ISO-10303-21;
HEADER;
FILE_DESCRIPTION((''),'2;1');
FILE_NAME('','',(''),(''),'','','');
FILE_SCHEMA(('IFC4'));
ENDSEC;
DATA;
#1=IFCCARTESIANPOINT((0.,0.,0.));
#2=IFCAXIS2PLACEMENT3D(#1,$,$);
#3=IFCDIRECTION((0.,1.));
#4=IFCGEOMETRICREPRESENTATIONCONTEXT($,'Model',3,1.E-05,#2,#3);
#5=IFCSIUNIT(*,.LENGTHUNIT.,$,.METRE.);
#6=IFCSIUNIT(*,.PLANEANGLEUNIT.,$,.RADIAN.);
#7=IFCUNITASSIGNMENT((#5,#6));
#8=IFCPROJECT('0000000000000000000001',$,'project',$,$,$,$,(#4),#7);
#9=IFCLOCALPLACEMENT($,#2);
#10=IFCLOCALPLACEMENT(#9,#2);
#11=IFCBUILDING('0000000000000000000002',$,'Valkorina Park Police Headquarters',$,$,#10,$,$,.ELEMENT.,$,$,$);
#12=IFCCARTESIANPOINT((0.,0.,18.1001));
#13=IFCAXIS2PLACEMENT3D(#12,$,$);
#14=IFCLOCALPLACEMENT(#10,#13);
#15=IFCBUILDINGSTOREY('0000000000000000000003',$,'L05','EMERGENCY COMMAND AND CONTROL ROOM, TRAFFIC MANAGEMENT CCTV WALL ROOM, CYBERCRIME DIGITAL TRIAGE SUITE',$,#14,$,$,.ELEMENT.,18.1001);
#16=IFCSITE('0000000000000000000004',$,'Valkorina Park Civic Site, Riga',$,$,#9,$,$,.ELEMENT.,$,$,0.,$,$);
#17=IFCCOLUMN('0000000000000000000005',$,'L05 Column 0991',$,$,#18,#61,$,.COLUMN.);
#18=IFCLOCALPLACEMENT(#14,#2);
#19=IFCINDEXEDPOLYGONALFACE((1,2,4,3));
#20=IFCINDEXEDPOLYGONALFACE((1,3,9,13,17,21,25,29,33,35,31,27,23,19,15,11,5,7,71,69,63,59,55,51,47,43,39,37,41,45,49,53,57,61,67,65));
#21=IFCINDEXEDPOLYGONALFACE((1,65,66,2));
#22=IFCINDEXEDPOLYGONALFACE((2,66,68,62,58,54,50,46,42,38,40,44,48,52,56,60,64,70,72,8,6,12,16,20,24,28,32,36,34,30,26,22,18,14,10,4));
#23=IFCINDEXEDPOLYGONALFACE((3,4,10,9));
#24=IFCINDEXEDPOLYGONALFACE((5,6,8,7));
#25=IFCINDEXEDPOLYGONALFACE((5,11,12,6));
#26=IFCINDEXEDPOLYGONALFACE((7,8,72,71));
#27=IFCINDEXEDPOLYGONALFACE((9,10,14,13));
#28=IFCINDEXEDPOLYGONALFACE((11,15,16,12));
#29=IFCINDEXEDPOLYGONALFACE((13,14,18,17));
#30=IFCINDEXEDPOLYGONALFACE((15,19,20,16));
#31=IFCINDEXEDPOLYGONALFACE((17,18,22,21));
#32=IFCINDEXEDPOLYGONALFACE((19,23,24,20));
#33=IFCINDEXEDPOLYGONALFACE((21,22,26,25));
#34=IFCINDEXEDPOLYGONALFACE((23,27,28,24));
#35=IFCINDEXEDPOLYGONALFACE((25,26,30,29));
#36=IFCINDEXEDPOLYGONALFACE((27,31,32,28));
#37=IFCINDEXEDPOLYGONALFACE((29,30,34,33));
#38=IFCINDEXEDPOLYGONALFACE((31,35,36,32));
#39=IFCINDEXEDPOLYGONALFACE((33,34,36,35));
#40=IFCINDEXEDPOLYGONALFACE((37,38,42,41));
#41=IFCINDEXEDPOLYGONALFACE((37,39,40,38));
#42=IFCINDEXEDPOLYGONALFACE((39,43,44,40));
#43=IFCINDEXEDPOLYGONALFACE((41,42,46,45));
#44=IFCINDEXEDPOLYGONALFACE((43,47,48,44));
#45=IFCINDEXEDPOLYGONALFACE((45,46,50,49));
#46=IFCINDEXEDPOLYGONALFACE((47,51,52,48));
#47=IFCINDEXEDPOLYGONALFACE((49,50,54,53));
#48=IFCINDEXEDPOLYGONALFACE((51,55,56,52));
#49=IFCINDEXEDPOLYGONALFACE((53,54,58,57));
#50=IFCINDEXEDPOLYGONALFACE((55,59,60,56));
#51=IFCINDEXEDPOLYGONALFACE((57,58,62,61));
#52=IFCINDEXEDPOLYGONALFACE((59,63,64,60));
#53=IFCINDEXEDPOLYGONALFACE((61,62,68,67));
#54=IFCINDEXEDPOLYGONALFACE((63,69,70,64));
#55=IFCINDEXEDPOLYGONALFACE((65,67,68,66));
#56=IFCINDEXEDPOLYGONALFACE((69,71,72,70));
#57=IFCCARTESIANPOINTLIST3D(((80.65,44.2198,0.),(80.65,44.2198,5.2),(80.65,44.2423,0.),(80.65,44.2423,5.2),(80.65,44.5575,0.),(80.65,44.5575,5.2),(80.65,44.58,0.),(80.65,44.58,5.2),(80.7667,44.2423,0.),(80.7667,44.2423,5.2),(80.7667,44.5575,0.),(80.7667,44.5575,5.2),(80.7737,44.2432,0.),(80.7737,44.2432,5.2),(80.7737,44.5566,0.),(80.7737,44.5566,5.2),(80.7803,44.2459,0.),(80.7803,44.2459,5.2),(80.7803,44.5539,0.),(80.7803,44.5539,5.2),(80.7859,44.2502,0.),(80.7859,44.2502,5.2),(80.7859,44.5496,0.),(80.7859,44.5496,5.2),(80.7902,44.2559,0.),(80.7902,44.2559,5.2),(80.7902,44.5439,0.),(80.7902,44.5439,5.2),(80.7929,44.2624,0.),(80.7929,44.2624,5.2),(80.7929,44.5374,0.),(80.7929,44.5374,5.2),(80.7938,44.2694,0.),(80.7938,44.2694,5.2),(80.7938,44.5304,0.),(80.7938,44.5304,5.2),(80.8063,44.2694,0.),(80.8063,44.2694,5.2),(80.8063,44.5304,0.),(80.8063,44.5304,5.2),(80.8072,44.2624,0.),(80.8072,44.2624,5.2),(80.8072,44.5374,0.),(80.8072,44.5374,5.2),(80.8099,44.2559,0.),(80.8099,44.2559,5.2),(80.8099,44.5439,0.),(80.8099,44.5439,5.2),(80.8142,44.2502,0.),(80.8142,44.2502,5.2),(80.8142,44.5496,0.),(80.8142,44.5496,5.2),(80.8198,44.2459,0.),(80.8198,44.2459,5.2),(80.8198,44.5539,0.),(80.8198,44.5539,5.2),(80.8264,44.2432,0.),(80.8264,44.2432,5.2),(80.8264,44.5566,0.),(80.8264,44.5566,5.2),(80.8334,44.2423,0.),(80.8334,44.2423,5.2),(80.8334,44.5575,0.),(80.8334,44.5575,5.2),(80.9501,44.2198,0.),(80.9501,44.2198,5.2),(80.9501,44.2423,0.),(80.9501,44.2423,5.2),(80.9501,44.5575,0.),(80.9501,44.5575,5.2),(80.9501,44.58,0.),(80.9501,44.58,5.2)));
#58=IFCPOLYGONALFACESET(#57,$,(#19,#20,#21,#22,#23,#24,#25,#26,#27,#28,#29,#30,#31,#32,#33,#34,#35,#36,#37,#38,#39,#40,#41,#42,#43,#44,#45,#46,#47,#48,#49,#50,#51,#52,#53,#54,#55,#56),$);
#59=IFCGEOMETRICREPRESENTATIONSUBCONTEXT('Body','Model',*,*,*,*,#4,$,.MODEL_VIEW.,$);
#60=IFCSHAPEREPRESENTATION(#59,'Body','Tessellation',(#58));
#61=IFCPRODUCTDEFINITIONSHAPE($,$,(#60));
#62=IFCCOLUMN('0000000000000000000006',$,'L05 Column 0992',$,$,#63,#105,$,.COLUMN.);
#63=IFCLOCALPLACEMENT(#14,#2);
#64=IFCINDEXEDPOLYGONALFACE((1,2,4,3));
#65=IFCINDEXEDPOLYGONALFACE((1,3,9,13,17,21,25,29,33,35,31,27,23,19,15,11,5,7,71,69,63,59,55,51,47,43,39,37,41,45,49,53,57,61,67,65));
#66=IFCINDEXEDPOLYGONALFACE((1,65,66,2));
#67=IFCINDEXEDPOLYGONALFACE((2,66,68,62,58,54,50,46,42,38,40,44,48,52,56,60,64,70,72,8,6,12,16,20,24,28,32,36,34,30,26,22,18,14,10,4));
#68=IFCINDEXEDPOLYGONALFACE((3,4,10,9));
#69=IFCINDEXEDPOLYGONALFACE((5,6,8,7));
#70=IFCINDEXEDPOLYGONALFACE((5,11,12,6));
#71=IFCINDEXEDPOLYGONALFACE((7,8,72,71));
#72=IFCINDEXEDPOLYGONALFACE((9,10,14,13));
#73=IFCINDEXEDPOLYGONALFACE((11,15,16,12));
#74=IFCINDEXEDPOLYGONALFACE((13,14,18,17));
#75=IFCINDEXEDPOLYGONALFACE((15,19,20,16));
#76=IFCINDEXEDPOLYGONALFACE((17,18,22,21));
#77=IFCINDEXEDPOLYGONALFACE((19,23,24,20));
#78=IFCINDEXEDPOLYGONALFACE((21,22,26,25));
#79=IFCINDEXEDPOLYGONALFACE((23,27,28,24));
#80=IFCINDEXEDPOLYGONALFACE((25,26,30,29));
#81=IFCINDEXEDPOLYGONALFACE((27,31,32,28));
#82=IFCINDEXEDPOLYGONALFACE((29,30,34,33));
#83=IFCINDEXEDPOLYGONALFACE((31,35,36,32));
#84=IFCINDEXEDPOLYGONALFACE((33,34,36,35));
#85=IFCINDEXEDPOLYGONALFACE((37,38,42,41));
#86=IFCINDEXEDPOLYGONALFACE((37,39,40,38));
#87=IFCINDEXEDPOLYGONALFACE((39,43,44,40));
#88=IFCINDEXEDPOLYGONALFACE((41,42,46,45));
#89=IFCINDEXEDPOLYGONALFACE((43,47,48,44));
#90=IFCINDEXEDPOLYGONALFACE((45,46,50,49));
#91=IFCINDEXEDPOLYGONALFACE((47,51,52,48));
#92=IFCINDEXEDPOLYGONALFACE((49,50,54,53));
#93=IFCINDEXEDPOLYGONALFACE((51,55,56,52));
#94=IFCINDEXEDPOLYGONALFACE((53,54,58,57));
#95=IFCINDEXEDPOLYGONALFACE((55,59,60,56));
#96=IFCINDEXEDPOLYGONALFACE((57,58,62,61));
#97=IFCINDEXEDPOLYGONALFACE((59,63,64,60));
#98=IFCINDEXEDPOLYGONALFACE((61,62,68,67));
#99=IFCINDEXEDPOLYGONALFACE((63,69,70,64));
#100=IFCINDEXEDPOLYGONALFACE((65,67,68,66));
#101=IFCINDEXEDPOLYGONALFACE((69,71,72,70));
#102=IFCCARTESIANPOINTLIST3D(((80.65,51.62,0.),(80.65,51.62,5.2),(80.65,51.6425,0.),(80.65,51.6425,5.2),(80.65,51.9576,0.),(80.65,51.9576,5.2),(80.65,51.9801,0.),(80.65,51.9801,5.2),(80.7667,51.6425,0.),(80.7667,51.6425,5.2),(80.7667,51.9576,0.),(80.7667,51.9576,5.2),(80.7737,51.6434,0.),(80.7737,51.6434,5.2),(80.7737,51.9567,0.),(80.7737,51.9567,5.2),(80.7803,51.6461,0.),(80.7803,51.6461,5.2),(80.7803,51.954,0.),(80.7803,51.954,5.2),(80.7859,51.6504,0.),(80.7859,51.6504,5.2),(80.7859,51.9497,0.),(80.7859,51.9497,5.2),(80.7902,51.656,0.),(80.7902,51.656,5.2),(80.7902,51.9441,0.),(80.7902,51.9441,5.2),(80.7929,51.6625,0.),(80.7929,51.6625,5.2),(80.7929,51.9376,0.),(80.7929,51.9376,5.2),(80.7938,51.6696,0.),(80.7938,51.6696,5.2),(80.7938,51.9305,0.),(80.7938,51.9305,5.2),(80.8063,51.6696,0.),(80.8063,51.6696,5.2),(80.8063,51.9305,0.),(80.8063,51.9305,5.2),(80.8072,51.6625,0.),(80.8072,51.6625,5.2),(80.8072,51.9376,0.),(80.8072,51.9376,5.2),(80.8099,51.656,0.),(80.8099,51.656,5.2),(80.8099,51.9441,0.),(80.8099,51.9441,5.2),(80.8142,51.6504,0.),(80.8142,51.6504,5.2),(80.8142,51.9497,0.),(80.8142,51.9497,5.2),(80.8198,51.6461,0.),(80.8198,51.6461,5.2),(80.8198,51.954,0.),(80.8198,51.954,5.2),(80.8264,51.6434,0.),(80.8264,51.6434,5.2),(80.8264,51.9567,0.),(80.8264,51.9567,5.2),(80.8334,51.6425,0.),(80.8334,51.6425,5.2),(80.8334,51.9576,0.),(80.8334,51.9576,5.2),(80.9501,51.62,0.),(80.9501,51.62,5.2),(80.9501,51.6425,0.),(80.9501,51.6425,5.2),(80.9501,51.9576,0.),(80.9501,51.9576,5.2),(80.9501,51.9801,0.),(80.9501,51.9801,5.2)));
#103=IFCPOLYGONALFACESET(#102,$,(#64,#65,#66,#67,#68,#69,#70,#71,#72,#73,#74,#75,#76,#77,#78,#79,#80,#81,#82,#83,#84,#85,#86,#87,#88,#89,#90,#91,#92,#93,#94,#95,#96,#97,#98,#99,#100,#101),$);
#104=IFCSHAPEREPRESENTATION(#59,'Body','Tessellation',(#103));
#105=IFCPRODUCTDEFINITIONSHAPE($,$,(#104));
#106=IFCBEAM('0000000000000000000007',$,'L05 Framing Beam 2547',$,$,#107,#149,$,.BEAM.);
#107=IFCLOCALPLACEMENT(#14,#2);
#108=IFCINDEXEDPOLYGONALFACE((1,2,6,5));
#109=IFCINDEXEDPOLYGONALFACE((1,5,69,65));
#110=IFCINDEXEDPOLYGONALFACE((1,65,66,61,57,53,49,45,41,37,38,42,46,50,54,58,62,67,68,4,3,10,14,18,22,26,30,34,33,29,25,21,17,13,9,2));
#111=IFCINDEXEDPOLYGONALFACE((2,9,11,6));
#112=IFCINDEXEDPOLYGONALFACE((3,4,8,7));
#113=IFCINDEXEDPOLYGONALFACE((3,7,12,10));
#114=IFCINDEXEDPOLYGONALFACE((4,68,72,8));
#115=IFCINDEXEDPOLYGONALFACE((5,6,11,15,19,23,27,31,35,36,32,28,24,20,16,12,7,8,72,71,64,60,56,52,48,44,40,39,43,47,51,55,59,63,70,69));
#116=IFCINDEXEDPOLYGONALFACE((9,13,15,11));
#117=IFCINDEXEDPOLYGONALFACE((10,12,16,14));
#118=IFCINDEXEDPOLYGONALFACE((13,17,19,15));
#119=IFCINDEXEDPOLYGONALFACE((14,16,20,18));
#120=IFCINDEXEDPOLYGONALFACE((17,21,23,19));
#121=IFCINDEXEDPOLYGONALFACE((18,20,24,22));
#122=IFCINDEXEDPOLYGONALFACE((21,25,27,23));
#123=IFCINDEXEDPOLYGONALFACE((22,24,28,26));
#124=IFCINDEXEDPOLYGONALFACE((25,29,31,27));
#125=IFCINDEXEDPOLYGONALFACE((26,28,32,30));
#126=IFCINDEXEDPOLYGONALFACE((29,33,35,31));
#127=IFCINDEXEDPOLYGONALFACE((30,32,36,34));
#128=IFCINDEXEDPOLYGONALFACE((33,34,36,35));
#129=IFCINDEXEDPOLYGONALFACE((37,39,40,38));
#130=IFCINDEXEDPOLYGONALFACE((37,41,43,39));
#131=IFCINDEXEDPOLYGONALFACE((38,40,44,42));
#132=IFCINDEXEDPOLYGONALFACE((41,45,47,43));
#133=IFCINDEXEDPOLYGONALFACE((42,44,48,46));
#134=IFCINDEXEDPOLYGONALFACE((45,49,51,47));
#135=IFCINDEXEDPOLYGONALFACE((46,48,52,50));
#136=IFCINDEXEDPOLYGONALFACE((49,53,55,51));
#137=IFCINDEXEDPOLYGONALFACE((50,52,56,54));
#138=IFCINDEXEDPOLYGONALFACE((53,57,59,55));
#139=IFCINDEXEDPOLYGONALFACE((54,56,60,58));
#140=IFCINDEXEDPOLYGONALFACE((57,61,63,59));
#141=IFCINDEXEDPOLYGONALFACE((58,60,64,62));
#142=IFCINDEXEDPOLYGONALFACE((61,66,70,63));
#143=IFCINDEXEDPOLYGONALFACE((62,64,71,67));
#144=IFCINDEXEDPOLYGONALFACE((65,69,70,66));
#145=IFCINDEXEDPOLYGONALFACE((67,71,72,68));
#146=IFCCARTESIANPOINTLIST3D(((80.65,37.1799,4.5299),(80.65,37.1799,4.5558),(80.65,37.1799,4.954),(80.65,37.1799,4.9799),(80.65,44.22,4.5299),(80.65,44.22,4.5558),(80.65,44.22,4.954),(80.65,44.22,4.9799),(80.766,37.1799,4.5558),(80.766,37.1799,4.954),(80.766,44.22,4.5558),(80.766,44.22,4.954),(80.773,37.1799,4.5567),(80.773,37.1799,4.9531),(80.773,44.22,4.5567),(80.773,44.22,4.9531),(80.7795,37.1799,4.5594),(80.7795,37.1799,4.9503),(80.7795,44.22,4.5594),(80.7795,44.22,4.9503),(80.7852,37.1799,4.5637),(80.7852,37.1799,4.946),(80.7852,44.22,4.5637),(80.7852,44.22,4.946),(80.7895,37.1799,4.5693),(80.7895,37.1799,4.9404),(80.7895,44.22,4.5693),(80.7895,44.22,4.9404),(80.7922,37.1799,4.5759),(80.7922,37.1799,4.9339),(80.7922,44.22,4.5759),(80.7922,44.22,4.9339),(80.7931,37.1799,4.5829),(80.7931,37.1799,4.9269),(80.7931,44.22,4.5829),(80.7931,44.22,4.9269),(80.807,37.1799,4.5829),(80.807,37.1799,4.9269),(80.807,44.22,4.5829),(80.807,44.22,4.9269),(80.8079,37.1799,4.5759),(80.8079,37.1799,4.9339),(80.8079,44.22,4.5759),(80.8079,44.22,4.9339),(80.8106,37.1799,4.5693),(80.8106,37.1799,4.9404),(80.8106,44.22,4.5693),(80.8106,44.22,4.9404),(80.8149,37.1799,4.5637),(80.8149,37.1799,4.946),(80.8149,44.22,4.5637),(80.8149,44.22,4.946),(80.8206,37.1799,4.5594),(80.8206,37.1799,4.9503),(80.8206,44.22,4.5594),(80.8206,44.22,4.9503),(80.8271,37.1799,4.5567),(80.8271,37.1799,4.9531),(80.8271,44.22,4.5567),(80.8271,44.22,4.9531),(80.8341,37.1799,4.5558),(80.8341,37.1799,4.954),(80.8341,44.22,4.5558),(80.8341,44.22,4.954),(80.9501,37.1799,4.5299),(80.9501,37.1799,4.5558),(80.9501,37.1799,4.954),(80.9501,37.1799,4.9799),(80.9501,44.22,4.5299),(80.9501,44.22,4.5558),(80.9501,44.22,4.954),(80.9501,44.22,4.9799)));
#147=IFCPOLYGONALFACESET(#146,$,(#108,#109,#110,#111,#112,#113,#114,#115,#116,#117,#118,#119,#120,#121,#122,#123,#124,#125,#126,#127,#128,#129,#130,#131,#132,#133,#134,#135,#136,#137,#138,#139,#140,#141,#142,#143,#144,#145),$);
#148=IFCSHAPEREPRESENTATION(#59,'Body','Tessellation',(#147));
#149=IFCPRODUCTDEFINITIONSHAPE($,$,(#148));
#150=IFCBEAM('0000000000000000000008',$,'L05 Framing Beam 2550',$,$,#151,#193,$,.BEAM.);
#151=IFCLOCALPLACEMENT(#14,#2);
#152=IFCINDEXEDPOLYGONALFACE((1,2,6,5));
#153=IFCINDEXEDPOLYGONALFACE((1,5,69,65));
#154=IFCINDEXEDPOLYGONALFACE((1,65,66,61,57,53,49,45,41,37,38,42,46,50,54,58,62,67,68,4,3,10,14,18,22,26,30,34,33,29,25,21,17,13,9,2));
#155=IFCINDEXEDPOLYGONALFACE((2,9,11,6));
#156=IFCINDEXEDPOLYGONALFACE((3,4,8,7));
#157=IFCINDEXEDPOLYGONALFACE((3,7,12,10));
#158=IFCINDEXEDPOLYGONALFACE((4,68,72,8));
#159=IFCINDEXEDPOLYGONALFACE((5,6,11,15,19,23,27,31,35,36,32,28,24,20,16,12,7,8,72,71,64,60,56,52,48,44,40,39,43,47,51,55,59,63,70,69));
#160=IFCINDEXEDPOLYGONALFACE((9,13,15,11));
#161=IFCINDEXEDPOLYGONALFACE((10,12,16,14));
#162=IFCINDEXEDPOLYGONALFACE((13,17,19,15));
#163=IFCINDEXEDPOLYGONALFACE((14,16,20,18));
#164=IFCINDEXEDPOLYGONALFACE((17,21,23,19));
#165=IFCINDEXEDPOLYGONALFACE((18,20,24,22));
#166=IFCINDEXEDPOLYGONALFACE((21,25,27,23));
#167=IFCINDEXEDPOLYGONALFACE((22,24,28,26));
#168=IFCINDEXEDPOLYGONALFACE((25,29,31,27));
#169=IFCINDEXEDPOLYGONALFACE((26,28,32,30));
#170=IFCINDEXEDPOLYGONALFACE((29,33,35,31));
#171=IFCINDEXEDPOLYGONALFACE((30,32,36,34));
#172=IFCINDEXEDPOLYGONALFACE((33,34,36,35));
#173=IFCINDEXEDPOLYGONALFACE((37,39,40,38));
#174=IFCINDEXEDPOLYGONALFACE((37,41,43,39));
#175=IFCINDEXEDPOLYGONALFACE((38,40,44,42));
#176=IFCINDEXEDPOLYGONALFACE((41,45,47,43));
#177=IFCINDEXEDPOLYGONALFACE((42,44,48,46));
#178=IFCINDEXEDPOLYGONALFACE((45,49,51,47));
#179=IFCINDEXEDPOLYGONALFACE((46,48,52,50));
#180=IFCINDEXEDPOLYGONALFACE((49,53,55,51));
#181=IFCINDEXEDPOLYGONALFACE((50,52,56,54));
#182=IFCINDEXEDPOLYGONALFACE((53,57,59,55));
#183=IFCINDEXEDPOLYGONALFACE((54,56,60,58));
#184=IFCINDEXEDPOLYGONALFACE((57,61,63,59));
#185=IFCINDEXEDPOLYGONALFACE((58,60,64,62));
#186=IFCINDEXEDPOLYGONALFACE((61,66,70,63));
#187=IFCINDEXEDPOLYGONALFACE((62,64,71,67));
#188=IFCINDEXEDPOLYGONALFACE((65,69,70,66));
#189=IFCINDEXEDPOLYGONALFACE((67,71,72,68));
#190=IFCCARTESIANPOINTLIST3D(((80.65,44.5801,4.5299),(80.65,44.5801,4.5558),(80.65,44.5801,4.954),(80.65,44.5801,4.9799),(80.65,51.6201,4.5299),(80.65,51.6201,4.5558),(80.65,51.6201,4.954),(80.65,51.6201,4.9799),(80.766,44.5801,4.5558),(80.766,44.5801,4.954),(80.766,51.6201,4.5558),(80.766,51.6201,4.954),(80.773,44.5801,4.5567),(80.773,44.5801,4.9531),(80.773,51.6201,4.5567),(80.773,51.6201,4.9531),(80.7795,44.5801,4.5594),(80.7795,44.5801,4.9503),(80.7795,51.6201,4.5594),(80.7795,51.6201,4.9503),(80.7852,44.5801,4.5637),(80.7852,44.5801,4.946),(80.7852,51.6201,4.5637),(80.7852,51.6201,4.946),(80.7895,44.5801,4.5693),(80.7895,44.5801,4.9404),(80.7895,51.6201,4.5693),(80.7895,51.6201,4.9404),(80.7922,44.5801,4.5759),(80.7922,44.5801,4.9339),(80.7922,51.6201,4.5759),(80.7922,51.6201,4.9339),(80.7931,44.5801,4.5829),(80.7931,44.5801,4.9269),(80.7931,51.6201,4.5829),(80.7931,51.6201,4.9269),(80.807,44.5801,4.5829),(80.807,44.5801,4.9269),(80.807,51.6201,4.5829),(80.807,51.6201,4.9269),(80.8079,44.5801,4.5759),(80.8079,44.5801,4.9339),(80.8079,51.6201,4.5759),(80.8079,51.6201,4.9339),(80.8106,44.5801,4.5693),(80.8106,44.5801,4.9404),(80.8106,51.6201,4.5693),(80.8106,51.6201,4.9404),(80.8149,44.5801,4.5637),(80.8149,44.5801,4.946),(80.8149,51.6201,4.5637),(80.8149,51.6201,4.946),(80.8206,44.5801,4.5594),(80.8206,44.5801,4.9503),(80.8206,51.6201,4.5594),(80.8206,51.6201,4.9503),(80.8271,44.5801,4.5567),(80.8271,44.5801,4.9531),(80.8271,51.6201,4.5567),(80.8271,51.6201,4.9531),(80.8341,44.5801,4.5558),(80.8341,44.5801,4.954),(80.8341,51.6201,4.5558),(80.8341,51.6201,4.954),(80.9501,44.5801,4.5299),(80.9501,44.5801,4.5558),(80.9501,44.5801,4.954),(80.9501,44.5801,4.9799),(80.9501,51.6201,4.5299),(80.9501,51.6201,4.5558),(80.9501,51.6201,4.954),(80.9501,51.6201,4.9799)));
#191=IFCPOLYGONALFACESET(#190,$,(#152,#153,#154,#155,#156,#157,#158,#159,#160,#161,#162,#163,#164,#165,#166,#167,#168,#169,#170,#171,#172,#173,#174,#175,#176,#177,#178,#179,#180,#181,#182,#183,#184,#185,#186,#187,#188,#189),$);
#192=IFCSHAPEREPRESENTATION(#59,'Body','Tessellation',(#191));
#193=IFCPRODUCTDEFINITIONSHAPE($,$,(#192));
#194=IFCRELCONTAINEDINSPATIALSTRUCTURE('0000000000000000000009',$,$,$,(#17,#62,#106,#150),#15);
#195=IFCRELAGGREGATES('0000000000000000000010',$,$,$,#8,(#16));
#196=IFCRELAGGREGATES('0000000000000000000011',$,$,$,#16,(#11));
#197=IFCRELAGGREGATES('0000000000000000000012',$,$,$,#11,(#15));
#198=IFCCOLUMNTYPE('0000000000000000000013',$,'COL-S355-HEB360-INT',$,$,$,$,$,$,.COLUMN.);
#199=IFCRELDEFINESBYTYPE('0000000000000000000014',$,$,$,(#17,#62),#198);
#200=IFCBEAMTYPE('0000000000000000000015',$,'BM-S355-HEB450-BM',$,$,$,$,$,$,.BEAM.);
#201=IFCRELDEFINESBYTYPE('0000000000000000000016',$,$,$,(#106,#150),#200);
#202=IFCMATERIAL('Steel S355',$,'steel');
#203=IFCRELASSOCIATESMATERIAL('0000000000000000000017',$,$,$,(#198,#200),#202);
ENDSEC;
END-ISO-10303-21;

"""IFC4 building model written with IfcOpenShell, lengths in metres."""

from ifc_helpers import new_model, si_unit, direction, frame, origin, origin_2d, place, context, subcontext, project, spatial, i_section, extrude, material, material_profile, profile_set, type_object, element, save


model = new_model("IFC4")

# Units and contexts
model_context = context("Model", 3, precision=1e-05, world=origin(), true_north=direction((0.0, 1.0)))
body_context = subcontext(model_context, "Body", "Model", "MODEL_VIEW")
ifc_project = project(units=[si_unit("LENGTHUNIT", "METRE"), si_unit("PLANEANGLEUNIT", "RADIAN")], contexts=[model_context])

# Site, building, storey
site_placement = place(None, origin())
site = spatial("IfcSite", under=ifc_project, at=site_placement, Name="Valkorina Park Civic Site, Riga", CompositionType="ELEMENT", RefElevation=0.0)
building_placement = place(site_placement, origin())
building = spatial("IfcBuilding", under=site, at=building_placement, Name="Valkorina Park Police Headquarters", CompositionType="ELEMENT")
storey_placement = place(building_placement, frame((0.0, 0.0, 18.1001)))
storey = spatial("IfcBuildingStorey", under=building, at=storey_placement, Name="L05", Description="EMERGENCY COMMAND AND CONTROL ROOM, TRAFFIC MANAGEMENT CCTV WALL ROOM, CYBERCRIME DIGITAL TRIAGE SUITE", CompositionType="ELEMENT", Elevation=18.1001)

# Columns
ifc_material_1 = material(Name="Steel S355", Category="steel")
ifc_material_profile_1 = material_profile(ifc_material_1, i_section(OverallWidth=0.3, OverallDepth=0.3601, WebThickness=0.0125, FlangeThickness=0.0225, FilletRadius=0.0271, at=origin_2d()), Name="HEB 360")
ifc_profile_set_1 = profile_set([ifc_material_profile_1], Name="Steel S355")
column_type = type_object("IfcColumnType", Name="COL-S355-HEB360-INT", PredefinedType="COLUMN", material=ifc_profile_set_1)
for number, where, z_axis, x_axis, name in (
    (1, (80.8, 44.3999, 0.0), (0.0, 0.0, 1.0), (1.0, 0.0, 0.0), "L05 Column 0991"),
    (2, (80.8, 51.8, 0.0), (0.0, 0.0, 1.0), (1.0, 0.0, 0.0), "L05 Column 0992"),
):
    element("IfcColumn", number, at=place(storey_placement, frame(where, z_axis=z_axis, x_axis=x_axis)), inside=storey, type_object=column_type, Name=name, PredefinedType="COLUMN", context=body_context, shape_type="SweptSolid", body=[
        extrude(i_section(OverallWidth=0.3, OverallDepth=0.3601, WebThickness=0.0125, FlangeThickness=0.0225, FilletRadius=0.0271, at=origin_2d()), origin(), (0.0, 0.0, 1.0), 5.2),
    ])

# Beams
ifc_material_profile_2 = material_profile(ifc_material_1, i_section(OverallWidth=0.3, OverallDepth=0.45, WebThickness=0.0139, FlangeThickness=0.0259, FilletRadius=0.0271, at=origin_2d()), Name="HEB 450")
ifc_profile_set_2 = profile_set([ifc_material_profile_2], Name="Steel S355")
beam_type_1 = type_object("IfcBeamType", Name="BM-S355-HEB450-BM", PredefinedType="BEAM", material=ifc_profile_set_2)
for number, where, z_axis, x_axis, name in (
    (3, (80.8, 37.1799, 4.7549), (0.0, 1.0, 0.0), (-1.0, 0.0, 0.0), "L05 Framing Beam 2547"),
    (4, (80.8, 44.5801, 4.7549), (0.0, 1.0, 0.0), (-1.0, 0.0, 0.0), "L05 Framing Beam 2550"),
):
    element("IfcBeam", number, at=place(storey_placement, frame(where, z_axis=z_axis, x_axis=x_axis)), inside=storey, type_object=beam_type_1, Name=name, PredefinedType="BEAM", context=body_context, shape_type="SweptSolid", body=[
        extrude(i_section(OverallWidth=0.3, OverallDepth=0.45, WebThickness=0.0139, FlangeThickness=0.0259, FilletRadius=0.0271, at=origin_2d()), origin(), (0.0, 0.0, 1.0), 7.04),
    ])

save(model, "model.ifc")
